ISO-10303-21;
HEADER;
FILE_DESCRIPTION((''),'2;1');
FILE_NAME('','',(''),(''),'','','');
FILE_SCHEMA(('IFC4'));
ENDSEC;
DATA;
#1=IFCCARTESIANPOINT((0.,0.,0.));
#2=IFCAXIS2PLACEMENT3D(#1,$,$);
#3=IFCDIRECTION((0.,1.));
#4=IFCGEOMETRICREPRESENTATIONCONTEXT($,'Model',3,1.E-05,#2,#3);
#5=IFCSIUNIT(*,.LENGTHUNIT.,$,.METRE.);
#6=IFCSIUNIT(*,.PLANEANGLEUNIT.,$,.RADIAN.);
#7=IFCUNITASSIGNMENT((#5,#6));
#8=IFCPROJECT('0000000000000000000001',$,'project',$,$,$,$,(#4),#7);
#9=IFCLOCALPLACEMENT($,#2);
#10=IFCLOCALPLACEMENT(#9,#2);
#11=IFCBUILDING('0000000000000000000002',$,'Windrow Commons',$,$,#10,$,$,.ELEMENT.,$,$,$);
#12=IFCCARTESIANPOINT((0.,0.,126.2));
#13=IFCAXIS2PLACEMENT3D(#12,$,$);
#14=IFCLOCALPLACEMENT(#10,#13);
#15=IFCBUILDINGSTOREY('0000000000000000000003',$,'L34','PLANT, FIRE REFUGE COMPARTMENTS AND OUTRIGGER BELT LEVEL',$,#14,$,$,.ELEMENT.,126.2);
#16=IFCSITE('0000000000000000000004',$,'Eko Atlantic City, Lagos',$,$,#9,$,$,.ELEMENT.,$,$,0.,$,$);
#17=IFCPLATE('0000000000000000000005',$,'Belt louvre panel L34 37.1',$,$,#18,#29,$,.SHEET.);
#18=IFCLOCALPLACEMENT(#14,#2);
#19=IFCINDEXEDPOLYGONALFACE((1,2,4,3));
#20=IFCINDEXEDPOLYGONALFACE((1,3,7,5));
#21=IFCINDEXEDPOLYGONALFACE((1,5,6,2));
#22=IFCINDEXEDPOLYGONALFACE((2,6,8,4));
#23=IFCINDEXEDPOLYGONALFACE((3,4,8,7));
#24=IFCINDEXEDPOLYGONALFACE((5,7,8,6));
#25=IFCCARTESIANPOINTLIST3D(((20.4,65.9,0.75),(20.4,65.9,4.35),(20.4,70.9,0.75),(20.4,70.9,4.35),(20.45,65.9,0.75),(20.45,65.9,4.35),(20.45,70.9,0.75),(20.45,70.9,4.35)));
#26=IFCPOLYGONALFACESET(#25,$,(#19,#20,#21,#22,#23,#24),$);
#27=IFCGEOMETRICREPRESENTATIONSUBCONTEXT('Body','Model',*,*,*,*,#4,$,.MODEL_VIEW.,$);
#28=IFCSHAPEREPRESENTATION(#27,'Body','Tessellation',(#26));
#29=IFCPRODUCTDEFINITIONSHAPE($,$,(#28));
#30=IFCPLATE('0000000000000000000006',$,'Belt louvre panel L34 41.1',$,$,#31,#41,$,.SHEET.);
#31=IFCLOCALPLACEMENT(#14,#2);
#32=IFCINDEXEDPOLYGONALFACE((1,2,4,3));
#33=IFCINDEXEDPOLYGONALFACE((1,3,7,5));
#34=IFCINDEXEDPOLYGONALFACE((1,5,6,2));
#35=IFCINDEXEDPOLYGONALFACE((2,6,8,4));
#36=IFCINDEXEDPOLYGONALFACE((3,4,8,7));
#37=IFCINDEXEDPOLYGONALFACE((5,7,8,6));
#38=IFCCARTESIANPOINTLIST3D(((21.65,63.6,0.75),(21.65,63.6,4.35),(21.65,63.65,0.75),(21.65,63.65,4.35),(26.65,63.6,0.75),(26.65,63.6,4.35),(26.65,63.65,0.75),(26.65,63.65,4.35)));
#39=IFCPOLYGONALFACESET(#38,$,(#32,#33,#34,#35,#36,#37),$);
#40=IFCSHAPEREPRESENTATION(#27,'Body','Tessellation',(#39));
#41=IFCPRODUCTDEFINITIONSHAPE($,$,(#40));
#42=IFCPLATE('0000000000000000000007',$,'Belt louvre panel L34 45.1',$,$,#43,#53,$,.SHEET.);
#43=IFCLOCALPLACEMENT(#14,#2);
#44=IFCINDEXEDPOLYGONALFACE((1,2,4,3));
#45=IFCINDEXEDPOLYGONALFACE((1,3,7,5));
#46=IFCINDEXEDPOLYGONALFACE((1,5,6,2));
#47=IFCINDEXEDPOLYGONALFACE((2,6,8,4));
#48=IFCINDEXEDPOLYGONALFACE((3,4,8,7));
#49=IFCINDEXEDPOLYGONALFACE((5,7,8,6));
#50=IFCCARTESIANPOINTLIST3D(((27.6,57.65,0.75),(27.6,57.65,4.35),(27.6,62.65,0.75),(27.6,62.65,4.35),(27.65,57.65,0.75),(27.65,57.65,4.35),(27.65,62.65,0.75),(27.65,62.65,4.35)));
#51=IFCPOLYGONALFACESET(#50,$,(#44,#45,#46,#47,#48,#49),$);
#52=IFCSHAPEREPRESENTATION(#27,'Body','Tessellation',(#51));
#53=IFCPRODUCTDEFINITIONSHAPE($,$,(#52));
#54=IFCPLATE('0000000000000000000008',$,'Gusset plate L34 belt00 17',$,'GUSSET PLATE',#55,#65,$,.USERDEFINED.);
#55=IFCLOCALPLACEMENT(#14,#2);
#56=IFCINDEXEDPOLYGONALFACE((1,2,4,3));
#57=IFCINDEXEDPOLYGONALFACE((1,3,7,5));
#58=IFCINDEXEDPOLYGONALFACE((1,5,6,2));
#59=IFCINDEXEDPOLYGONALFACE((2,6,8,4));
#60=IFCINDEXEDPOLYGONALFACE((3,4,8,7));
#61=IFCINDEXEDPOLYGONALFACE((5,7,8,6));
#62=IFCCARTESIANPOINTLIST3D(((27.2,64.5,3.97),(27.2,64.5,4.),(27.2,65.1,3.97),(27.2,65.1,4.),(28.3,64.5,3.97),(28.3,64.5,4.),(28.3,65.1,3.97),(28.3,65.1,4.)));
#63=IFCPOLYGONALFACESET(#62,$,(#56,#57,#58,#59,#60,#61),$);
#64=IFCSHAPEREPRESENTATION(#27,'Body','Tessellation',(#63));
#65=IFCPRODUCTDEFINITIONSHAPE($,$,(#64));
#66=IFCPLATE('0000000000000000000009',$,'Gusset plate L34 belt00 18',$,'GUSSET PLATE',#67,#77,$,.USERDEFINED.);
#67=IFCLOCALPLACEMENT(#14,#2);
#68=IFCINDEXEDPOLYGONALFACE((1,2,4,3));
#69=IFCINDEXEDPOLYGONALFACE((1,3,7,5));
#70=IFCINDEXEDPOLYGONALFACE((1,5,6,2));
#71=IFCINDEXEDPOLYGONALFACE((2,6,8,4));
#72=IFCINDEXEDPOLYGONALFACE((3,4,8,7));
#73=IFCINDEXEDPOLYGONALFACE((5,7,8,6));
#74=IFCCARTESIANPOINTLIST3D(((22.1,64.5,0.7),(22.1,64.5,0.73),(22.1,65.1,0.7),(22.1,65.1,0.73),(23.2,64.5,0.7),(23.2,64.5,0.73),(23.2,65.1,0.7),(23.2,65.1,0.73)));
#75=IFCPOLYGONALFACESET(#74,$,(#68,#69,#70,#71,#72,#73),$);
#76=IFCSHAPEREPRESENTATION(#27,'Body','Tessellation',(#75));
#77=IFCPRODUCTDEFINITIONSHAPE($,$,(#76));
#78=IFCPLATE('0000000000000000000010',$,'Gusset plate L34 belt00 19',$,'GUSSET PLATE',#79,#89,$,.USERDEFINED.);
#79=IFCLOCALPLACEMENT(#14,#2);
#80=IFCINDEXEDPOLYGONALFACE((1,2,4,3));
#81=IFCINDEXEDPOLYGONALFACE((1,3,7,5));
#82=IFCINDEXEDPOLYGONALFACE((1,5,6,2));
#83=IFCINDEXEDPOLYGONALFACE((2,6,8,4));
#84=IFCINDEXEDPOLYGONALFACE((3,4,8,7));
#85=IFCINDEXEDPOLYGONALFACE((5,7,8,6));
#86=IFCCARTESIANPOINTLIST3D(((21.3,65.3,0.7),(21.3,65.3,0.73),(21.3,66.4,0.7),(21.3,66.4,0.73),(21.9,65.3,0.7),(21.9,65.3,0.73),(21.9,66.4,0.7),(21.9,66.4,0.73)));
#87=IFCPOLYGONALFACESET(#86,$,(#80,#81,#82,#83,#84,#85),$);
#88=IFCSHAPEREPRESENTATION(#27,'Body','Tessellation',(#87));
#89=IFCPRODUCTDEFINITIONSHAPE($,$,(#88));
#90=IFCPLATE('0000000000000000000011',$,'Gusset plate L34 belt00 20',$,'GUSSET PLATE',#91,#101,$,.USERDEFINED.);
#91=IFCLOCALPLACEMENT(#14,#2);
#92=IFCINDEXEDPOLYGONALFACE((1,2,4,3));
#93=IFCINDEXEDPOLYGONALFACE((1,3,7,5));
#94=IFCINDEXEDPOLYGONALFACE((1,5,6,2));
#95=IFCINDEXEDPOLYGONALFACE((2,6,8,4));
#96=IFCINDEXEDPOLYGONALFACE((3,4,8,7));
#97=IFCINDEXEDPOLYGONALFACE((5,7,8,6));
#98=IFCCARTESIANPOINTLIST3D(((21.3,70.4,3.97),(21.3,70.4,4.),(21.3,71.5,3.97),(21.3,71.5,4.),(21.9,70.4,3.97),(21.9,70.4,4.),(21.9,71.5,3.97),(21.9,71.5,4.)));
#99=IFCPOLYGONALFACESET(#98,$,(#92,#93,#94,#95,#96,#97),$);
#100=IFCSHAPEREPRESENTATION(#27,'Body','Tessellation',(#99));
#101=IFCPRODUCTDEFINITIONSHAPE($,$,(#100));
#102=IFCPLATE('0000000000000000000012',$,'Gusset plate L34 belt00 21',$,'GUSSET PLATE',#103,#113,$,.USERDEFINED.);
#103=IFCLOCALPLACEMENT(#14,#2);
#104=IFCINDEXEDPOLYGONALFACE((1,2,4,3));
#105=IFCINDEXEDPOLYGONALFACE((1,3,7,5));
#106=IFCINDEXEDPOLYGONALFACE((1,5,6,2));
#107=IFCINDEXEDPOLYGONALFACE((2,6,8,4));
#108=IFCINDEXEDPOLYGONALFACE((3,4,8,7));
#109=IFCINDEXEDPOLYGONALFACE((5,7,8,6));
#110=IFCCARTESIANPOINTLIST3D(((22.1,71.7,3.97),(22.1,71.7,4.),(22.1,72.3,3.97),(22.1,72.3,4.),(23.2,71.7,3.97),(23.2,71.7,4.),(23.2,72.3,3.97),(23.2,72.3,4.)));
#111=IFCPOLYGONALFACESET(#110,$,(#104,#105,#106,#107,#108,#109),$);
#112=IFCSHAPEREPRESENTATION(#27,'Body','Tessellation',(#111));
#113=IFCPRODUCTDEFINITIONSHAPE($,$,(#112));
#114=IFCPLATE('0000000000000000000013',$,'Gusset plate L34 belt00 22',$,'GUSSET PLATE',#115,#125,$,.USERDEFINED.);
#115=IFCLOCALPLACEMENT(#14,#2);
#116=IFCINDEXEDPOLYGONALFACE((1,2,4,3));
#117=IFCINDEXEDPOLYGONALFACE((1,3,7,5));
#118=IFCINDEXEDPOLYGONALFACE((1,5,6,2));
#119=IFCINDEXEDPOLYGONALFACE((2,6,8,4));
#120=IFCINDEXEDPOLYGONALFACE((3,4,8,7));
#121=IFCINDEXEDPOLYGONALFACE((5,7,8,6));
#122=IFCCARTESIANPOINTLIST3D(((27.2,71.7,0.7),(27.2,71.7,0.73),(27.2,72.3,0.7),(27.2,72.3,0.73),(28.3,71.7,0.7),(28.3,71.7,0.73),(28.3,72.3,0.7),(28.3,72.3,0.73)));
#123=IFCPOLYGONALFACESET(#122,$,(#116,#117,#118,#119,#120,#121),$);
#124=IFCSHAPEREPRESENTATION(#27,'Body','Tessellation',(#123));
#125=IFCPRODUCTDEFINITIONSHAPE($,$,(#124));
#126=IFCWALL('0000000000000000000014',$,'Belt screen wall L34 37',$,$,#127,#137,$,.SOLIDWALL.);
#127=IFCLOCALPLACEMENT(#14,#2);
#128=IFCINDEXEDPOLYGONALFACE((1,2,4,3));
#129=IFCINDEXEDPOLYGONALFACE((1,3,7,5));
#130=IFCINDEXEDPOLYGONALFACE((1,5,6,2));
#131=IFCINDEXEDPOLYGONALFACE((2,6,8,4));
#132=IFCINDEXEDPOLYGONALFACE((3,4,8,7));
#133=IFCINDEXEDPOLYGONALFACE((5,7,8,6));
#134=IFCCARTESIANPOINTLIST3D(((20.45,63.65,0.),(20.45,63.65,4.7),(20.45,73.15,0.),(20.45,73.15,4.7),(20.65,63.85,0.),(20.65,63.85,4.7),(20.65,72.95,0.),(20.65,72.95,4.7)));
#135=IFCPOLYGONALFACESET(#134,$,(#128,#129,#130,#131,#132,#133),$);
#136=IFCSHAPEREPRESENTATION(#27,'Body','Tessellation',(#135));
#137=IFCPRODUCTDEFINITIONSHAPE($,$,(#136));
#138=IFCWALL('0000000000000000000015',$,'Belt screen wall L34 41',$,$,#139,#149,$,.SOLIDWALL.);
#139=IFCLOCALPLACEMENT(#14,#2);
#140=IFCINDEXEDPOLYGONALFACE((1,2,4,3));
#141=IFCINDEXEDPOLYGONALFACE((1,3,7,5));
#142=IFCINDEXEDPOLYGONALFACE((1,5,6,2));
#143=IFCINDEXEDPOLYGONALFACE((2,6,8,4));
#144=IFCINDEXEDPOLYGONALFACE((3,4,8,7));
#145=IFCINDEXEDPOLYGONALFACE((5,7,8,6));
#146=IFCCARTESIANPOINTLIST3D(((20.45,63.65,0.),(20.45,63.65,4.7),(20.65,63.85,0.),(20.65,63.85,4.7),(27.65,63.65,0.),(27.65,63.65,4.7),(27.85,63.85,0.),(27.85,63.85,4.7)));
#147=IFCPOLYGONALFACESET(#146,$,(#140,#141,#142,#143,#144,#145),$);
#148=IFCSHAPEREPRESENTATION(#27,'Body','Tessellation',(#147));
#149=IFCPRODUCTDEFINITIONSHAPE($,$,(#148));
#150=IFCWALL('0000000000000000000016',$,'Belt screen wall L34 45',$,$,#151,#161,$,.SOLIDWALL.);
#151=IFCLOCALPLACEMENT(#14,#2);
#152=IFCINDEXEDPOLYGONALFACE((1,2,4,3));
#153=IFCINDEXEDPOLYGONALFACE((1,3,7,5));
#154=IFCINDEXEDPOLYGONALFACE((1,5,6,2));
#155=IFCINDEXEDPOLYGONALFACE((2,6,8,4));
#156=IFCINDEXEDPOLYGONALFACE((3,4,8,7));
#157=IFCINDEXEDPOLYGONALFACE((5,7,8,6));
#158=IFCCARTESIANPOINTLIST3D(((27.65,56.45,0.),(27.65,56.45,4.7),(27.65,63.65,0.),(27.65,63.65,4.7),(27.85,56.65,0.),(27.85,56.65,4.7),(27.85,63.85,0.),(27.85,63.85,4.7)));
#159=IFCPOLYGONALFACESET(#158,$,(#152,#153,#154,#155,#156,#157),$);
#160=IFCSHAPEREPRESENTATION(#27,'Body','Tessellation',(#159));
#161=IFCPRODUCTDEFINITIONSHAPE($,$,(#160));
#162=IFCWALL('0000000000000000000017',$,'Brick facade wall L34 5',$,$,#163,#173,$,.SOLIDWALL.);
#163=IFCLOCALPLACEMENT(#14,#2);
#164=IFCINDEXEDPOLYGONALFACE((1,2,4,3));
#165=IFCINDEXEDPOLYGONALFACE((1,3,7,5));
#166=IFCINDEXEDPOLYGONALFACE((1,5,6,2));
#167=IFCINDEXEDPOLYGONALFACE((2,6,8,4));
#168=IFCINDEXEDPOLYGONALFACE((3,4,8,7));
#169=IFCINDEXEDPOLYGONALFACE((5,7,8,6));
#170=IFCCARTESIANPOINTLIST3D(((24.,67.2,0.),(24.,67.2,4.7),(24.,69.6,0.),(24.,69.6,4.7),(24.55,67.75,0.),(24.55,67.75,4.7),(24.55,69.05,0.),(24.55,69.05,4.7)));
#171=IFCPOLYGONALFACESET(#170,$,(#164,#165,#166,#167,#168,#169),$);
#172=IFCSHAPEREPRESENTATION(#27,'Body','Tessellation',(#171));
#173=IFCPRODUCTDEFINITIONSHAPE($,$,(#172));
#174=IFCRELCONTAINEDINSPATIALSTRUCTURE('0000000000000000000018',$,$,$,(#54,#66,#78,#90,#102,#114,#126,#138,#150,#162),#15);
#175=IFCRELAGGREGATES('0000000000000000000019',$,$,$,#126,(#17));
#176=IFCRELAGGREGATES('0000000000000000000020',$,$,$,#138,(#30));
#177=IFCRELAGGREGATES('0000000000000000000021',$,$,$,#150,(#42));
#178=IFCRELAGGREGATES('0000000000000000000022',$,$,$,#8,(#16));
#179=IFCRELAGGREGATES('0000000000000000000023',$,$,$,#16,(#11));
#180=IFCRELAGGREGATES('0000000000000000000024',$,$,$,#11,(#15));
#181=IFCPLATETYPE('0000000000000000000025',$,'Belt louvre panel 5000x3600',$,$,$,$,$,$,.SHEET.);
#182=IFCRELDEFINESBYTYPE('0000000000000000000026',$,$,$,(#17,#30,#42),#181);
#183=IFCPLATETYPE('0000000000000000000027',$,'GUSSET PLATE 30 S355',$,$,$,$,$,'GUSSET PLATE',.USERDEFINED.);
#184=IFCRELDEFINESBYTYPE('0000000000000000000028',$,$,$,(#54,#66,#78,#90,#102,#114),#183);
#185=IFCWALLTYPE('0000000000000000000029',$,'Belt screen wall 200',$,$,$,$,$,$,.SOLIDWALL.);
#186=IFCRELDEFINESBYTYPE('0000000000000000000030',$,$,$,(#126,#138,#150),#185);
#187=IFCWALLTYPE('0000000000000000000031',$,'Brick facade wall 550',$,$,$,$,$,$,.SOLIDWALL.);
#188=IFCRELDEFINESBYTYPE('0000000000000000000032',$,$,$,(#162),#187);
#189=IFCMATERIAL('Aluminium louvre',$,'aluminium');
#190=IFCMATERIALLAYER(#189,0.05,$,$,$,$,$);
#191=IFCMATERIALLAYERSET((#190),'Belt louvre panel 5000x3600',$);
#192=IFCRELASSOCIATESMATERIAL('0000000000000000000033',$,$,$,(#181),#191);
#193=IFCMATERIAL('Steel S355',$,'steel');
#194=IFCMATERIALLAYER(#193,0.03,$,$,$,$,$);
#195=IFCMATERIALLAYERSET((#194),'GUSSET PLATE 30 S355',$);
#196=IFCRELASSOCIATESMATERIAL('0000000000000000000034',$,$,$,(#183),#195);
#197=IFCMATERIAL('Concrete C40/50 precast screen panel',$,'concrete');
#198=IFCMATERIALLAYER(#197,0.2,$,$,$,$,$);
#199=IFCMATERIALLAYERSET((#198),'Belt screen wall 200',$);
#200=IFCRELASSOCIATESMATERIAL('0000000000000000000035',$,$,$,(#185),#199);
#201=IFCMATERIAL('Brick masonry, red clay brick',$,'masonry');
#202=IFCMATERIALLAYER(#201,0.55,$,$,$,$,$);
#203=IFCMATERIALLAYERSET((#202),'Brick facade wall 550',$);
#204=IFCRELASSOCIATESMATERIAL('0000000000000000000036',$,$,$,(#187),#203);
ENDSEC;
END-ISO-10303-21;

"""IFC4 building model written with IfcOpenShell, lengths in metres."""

from ifc_helpers import new_model, si_unit, direction, frame, origin, origin_2d, place, context, subcontext, project, spatial, polyline, rectangle, outline, extrude, material, layer, layer_set, type_object, element, aggregate, save


model = new_model("IFC4")

# Units and contexts
model_context = context("Model", 3, precision=1e-05, world=origin(), true_north=direction((0.0, 1.0)))
body_context = subcontext(model_context, "Body", "Model", "MODEL_VIEW")
ifc_project = project(units=[si_unit("LENGTHUNIT", "METRE"), si_unit("PLANEANGLEUNIT", "RADIAN")], contexts=[model_context])

# Site, building, storey
site_placement = place(None, origin())
site = spatial("IfcSite", under=ifc_project, at=site_placement, Name="Eko Atlantic City, Lagos", CompositionType="ELEMENT", RefElevation=0.0)
building_placement = place(site_placement, origin())
building = spatial("IfcBuilding", under=site, at=building_placement, Name="Windrow Commons", CompositionType="ELEMENT")
storey_placement = place(building_placement, frame((0.0, 0.0, 126.2)))
storey = spatial("IfcBuildingStorey", under=building, at=storey_placement, Name="L34", Description="PLANT, FIRE REFUGE COMPARTMENTS AND OUTRIGGER BELT LEVEL", CompositionType="ELEMENT", Elevation=126.2)

# Plates
ifc_material_1 = material(Name="Aluminium louvre", Category="aluminium")
ifc_layer_1 = layer(ifc_material_1, 0.05)
ifc_layer_set_1 = layer_set([ifc_layer_1], Name="Belt louvre panel 5000x3600")
plate_type_1 = type_object("IfcPlateType", Name="Belt louvre panel 5000x3600", PredefinedType="SHEET", material=ifc_layer_set_1)
plate_1_placement = place(storey_placement, frame((20.4, 70.9, 0.75), z_axis=(-1.0, 0.0, 0.0), x_axis=(0.0, -1.0, 0.0)))
plate_1 = element("IfcPlate", 1, at=plate_1_placement, type_object=plate_type_1, Name="Belt louvre panel L34 37.1", PredefinedType="SHEET", context=body_context, shape_type="SweptSolid", body=[
    extrude(outline(polyline([(0.0, 0.0), (5.0, 0.0), (5.0, 3.6), (0.0, 3.6), (0.0, 0.0)])), origin(), (0.0, 0.0, -1.0), 0.05),
])
plate_2_placement = place(storey_placement, frame((21.65, 63.6, 0.75), z_axis=(0.0, -1.0, 0.0), x_axis=(1.0, 0.0, 0.0)))
plate_2 = element("IfcPlate", 2, at=plate_2_placement, type_object=plate_type_1, Name="Belt louvre panel L34 41.1", PredefinedType="SHEET", context=body_context, shape_type="SweptSolid", body=[
    extrude(outline(polyline([(0.0, 0.0), (5.0, 0.0), (5.0, 3.6), (0.0, 3.6), (0.0, 0.0)])), origin(), (0.0, 0.0, -1.0), 0.05),
])
plate_3_placement = place(storey_placement, frame((27.6, 62.65, 0.75), z_axis=(-1.0, 0.0, 0.0), x_axis=(0.0, -1.0, 0.0)))
plate_3 = element("IfcPlate", 3, at=plate_3_placement, type_object=plate_type_1, Name="Belt louvre panel L34 45.1", PredefinedType="SHEET", context=body_context, shape_type="SweptSolid", body=[
    extrude(outline(polyline([(0.0, 0.0), (5.0, 0.0), (5.0, 3.6), (0.0, 3.6), (0.0, 0.0)])), origin(), (0.0, 0.0, -1.0), 0.05),
])

# Plates
ifc_material_2 = material(Name="Steel S355", Category="steel")
ifc_layer_2 = layer(ifc_material_2, 0.03)
ifc_layer_set_2 = layer_set([ifc_layer_2], Name="GUSSET PLATE 30 S355")
plate_type_2 = type_object("IfcPlateType", Name="GUSSET PLATE 30 S355", ElementType="GUSSET PLATE", PredefinedType="USERDEFINED", material=ifc_layer_set_2)
for number, where, z_axis, x_axis, name in (
    (4, (27.75, 64.8, 3.97), (0.0, 0.0, 1.0), (-1.0, 0.0, 0.0), "Gusset plate L34 belt00 17"),
    (5, (22.65, 64.8, 0.7), (0.0, 0.0, 1.0), (-1.0, 0.0, 0.0), "Gusset plate L34 belt00 18"),
    (6, (21.6, 65.85, 0.7), (0.0, 0.0, 1.0), (0.0, 1.0, 0.0), "Gusset plate L34 belt00 19"),
    (7, (21.6, 70.95, 3.97), (0.0, 0.0, 1.0), (0.0, 1.0, 0.0), "Gusset plate L34 belt00 20"),
    (8, (22.65, 72.0, 3.97), (0.0, 0.0, 1.0), (1.0, 0.0, 0.0), "Gusset plate L34 belt00 21"),
    (9, (27.75, 72.0, 0.7), (0.0, 0.0, 1.0), (1.0, 0.0, 0.0), "Gusset plate L34 belt00 22"),
):
    element("IfcPlate", number, at=place(storey_placement, frame(where, z_axis=z_axis, x_axis=x_axis)), inside=storey, type_object=plate_type_2, Name=name, ObjectType="GUSSET PLATE", PredefinedType="USERDEFINED", context=body_context, shape_type="SweptSolid", body=[
        extrude(rectangle(XDim=1.1, YDim=0.6, at=origin_2d()), origin(), (0.0, 0.0, 1.0), 0.03),
    ])

# Walls
ifc_material_3 = material(Name="Concrete C40/50 precast screen panel", Category="concrete")
ifc_layer_3 = layer(ifc_material_3, 0.2)
ifc_layer_set_3 = layer_set([ifc_layer_3], Name="Belt screen wall 200")
wall_type_1 = type_object("IfcWallType", Name="Belt screen wall 200", PredefinedType="SOLIDWALL", material=ifc_layer_set_3)
wall_1_placement = place(storey_placement, frame((20.55, 73.05, 0.0), z_axis=(0.0, 0.0, 1.0), x_axis=(0.0, -1.0, 0.0)))
wall_1 = element("IfcWall", 10, at=wall_1_placement, inside=storey, type_object=wall_type_1, Name="Belt screen wall L34 37", PredefinedType="SOLIDWALL", context=body_context, shape_type="SweptSolid", body=[
    extrude(outline(polyline([(-0.1, -0.1), (9.4, -0.1), (9.2, 0.1), (0.1, 0.1), (-0.1, -0.1)])), origin(), (0.0, 0.0, 1.0), 4.7),
])
aggregate(wall_1, [plate_1])
wall_2_placement = place(storey_placement, frame((20.55, 63.75, 0.0), z_axis=(0.0, 0.0, 1.0), x_axis=(1.0, 0.0, 0.0)))
wall_2 = element("IfcWall", 11, at=wall_2_placement, inside=storey, type_object=wall_type_1, Name="Belt screen wall L34 41", PredefinedType="SOLIDWALL", context=body_context, shape_type="SweptSolid", body=[
    extrude(outline(polyline([(-0.1, -0.1), (7.1, -0.1), (7.3, 0.1), (0.1, 0.1), (-0.1, -0.1)])), origin(), (0.0, 0.0, 1.0), 4.7),
])
aggregate(wall_2, [plate_2])
wall_3_placement = place(storey_placement, frame((27.75, 63.75, 0.0), z_axis=(0.0, 0.0, 1.0), x_axis=(0.0, -1.0, 0.0)))
wall_3 = element("IfcWall", 12, at=wall_3_placement, inside=storey, type_object=wall_type_1, Name="Belt screen wall L34 45", PredefinedType="SOLIDWALL", context=body_context, shape_type="SweptSolid", body=[
    extrude(outline(polyline([(0.1, -0.1), (7.3, -0.1), (7.1, 0.1), (-0.1, 0.1), (0.1, -0.1)])), origin(), (0.0, 0.0, 1.0), 4.7),
])
aggregate(wall_3, [plate_3])
ifc_material_4 = material(Name="Brick masonry, red clay brick", Category="masonry")
ifc_layer_4 = layer(ifc_material_4, 0.55)
ifc_layer_set_4 = layer_set([ifc_layer_4], Name="Brick facade wall 550")
wall_type_2 = type_object("IfcWallType", Name="Brick facade wall 550", PredefinedType="SOLIDWALL", material=ifc_layer_set_4)
wall_4_placement = place(storey_placement, frame((24.275, 69.325, 0.0), z_axis=(0.0, 0.0, 1.0), x_axis=(0.0, -1.0, 0.0)))
element("IfcWall", 13, at=wall_4_placement, inside=storey, type_object=wall_type_2, Name="Brick facade wall L34 5", PredefinedType="SOLIDWALL", context=body_context, shape_type="SweptSolid", body=[
    extrude(outline(polyline([(-0.275, -0.275), (2.125, -0.275), (1.575, 0.275), (0.275, 0.275), (-0.275, -0.275)])), origin(), (0.0, 0.0, 1.0), 4.7),
])

save(model, "model.ifc")
